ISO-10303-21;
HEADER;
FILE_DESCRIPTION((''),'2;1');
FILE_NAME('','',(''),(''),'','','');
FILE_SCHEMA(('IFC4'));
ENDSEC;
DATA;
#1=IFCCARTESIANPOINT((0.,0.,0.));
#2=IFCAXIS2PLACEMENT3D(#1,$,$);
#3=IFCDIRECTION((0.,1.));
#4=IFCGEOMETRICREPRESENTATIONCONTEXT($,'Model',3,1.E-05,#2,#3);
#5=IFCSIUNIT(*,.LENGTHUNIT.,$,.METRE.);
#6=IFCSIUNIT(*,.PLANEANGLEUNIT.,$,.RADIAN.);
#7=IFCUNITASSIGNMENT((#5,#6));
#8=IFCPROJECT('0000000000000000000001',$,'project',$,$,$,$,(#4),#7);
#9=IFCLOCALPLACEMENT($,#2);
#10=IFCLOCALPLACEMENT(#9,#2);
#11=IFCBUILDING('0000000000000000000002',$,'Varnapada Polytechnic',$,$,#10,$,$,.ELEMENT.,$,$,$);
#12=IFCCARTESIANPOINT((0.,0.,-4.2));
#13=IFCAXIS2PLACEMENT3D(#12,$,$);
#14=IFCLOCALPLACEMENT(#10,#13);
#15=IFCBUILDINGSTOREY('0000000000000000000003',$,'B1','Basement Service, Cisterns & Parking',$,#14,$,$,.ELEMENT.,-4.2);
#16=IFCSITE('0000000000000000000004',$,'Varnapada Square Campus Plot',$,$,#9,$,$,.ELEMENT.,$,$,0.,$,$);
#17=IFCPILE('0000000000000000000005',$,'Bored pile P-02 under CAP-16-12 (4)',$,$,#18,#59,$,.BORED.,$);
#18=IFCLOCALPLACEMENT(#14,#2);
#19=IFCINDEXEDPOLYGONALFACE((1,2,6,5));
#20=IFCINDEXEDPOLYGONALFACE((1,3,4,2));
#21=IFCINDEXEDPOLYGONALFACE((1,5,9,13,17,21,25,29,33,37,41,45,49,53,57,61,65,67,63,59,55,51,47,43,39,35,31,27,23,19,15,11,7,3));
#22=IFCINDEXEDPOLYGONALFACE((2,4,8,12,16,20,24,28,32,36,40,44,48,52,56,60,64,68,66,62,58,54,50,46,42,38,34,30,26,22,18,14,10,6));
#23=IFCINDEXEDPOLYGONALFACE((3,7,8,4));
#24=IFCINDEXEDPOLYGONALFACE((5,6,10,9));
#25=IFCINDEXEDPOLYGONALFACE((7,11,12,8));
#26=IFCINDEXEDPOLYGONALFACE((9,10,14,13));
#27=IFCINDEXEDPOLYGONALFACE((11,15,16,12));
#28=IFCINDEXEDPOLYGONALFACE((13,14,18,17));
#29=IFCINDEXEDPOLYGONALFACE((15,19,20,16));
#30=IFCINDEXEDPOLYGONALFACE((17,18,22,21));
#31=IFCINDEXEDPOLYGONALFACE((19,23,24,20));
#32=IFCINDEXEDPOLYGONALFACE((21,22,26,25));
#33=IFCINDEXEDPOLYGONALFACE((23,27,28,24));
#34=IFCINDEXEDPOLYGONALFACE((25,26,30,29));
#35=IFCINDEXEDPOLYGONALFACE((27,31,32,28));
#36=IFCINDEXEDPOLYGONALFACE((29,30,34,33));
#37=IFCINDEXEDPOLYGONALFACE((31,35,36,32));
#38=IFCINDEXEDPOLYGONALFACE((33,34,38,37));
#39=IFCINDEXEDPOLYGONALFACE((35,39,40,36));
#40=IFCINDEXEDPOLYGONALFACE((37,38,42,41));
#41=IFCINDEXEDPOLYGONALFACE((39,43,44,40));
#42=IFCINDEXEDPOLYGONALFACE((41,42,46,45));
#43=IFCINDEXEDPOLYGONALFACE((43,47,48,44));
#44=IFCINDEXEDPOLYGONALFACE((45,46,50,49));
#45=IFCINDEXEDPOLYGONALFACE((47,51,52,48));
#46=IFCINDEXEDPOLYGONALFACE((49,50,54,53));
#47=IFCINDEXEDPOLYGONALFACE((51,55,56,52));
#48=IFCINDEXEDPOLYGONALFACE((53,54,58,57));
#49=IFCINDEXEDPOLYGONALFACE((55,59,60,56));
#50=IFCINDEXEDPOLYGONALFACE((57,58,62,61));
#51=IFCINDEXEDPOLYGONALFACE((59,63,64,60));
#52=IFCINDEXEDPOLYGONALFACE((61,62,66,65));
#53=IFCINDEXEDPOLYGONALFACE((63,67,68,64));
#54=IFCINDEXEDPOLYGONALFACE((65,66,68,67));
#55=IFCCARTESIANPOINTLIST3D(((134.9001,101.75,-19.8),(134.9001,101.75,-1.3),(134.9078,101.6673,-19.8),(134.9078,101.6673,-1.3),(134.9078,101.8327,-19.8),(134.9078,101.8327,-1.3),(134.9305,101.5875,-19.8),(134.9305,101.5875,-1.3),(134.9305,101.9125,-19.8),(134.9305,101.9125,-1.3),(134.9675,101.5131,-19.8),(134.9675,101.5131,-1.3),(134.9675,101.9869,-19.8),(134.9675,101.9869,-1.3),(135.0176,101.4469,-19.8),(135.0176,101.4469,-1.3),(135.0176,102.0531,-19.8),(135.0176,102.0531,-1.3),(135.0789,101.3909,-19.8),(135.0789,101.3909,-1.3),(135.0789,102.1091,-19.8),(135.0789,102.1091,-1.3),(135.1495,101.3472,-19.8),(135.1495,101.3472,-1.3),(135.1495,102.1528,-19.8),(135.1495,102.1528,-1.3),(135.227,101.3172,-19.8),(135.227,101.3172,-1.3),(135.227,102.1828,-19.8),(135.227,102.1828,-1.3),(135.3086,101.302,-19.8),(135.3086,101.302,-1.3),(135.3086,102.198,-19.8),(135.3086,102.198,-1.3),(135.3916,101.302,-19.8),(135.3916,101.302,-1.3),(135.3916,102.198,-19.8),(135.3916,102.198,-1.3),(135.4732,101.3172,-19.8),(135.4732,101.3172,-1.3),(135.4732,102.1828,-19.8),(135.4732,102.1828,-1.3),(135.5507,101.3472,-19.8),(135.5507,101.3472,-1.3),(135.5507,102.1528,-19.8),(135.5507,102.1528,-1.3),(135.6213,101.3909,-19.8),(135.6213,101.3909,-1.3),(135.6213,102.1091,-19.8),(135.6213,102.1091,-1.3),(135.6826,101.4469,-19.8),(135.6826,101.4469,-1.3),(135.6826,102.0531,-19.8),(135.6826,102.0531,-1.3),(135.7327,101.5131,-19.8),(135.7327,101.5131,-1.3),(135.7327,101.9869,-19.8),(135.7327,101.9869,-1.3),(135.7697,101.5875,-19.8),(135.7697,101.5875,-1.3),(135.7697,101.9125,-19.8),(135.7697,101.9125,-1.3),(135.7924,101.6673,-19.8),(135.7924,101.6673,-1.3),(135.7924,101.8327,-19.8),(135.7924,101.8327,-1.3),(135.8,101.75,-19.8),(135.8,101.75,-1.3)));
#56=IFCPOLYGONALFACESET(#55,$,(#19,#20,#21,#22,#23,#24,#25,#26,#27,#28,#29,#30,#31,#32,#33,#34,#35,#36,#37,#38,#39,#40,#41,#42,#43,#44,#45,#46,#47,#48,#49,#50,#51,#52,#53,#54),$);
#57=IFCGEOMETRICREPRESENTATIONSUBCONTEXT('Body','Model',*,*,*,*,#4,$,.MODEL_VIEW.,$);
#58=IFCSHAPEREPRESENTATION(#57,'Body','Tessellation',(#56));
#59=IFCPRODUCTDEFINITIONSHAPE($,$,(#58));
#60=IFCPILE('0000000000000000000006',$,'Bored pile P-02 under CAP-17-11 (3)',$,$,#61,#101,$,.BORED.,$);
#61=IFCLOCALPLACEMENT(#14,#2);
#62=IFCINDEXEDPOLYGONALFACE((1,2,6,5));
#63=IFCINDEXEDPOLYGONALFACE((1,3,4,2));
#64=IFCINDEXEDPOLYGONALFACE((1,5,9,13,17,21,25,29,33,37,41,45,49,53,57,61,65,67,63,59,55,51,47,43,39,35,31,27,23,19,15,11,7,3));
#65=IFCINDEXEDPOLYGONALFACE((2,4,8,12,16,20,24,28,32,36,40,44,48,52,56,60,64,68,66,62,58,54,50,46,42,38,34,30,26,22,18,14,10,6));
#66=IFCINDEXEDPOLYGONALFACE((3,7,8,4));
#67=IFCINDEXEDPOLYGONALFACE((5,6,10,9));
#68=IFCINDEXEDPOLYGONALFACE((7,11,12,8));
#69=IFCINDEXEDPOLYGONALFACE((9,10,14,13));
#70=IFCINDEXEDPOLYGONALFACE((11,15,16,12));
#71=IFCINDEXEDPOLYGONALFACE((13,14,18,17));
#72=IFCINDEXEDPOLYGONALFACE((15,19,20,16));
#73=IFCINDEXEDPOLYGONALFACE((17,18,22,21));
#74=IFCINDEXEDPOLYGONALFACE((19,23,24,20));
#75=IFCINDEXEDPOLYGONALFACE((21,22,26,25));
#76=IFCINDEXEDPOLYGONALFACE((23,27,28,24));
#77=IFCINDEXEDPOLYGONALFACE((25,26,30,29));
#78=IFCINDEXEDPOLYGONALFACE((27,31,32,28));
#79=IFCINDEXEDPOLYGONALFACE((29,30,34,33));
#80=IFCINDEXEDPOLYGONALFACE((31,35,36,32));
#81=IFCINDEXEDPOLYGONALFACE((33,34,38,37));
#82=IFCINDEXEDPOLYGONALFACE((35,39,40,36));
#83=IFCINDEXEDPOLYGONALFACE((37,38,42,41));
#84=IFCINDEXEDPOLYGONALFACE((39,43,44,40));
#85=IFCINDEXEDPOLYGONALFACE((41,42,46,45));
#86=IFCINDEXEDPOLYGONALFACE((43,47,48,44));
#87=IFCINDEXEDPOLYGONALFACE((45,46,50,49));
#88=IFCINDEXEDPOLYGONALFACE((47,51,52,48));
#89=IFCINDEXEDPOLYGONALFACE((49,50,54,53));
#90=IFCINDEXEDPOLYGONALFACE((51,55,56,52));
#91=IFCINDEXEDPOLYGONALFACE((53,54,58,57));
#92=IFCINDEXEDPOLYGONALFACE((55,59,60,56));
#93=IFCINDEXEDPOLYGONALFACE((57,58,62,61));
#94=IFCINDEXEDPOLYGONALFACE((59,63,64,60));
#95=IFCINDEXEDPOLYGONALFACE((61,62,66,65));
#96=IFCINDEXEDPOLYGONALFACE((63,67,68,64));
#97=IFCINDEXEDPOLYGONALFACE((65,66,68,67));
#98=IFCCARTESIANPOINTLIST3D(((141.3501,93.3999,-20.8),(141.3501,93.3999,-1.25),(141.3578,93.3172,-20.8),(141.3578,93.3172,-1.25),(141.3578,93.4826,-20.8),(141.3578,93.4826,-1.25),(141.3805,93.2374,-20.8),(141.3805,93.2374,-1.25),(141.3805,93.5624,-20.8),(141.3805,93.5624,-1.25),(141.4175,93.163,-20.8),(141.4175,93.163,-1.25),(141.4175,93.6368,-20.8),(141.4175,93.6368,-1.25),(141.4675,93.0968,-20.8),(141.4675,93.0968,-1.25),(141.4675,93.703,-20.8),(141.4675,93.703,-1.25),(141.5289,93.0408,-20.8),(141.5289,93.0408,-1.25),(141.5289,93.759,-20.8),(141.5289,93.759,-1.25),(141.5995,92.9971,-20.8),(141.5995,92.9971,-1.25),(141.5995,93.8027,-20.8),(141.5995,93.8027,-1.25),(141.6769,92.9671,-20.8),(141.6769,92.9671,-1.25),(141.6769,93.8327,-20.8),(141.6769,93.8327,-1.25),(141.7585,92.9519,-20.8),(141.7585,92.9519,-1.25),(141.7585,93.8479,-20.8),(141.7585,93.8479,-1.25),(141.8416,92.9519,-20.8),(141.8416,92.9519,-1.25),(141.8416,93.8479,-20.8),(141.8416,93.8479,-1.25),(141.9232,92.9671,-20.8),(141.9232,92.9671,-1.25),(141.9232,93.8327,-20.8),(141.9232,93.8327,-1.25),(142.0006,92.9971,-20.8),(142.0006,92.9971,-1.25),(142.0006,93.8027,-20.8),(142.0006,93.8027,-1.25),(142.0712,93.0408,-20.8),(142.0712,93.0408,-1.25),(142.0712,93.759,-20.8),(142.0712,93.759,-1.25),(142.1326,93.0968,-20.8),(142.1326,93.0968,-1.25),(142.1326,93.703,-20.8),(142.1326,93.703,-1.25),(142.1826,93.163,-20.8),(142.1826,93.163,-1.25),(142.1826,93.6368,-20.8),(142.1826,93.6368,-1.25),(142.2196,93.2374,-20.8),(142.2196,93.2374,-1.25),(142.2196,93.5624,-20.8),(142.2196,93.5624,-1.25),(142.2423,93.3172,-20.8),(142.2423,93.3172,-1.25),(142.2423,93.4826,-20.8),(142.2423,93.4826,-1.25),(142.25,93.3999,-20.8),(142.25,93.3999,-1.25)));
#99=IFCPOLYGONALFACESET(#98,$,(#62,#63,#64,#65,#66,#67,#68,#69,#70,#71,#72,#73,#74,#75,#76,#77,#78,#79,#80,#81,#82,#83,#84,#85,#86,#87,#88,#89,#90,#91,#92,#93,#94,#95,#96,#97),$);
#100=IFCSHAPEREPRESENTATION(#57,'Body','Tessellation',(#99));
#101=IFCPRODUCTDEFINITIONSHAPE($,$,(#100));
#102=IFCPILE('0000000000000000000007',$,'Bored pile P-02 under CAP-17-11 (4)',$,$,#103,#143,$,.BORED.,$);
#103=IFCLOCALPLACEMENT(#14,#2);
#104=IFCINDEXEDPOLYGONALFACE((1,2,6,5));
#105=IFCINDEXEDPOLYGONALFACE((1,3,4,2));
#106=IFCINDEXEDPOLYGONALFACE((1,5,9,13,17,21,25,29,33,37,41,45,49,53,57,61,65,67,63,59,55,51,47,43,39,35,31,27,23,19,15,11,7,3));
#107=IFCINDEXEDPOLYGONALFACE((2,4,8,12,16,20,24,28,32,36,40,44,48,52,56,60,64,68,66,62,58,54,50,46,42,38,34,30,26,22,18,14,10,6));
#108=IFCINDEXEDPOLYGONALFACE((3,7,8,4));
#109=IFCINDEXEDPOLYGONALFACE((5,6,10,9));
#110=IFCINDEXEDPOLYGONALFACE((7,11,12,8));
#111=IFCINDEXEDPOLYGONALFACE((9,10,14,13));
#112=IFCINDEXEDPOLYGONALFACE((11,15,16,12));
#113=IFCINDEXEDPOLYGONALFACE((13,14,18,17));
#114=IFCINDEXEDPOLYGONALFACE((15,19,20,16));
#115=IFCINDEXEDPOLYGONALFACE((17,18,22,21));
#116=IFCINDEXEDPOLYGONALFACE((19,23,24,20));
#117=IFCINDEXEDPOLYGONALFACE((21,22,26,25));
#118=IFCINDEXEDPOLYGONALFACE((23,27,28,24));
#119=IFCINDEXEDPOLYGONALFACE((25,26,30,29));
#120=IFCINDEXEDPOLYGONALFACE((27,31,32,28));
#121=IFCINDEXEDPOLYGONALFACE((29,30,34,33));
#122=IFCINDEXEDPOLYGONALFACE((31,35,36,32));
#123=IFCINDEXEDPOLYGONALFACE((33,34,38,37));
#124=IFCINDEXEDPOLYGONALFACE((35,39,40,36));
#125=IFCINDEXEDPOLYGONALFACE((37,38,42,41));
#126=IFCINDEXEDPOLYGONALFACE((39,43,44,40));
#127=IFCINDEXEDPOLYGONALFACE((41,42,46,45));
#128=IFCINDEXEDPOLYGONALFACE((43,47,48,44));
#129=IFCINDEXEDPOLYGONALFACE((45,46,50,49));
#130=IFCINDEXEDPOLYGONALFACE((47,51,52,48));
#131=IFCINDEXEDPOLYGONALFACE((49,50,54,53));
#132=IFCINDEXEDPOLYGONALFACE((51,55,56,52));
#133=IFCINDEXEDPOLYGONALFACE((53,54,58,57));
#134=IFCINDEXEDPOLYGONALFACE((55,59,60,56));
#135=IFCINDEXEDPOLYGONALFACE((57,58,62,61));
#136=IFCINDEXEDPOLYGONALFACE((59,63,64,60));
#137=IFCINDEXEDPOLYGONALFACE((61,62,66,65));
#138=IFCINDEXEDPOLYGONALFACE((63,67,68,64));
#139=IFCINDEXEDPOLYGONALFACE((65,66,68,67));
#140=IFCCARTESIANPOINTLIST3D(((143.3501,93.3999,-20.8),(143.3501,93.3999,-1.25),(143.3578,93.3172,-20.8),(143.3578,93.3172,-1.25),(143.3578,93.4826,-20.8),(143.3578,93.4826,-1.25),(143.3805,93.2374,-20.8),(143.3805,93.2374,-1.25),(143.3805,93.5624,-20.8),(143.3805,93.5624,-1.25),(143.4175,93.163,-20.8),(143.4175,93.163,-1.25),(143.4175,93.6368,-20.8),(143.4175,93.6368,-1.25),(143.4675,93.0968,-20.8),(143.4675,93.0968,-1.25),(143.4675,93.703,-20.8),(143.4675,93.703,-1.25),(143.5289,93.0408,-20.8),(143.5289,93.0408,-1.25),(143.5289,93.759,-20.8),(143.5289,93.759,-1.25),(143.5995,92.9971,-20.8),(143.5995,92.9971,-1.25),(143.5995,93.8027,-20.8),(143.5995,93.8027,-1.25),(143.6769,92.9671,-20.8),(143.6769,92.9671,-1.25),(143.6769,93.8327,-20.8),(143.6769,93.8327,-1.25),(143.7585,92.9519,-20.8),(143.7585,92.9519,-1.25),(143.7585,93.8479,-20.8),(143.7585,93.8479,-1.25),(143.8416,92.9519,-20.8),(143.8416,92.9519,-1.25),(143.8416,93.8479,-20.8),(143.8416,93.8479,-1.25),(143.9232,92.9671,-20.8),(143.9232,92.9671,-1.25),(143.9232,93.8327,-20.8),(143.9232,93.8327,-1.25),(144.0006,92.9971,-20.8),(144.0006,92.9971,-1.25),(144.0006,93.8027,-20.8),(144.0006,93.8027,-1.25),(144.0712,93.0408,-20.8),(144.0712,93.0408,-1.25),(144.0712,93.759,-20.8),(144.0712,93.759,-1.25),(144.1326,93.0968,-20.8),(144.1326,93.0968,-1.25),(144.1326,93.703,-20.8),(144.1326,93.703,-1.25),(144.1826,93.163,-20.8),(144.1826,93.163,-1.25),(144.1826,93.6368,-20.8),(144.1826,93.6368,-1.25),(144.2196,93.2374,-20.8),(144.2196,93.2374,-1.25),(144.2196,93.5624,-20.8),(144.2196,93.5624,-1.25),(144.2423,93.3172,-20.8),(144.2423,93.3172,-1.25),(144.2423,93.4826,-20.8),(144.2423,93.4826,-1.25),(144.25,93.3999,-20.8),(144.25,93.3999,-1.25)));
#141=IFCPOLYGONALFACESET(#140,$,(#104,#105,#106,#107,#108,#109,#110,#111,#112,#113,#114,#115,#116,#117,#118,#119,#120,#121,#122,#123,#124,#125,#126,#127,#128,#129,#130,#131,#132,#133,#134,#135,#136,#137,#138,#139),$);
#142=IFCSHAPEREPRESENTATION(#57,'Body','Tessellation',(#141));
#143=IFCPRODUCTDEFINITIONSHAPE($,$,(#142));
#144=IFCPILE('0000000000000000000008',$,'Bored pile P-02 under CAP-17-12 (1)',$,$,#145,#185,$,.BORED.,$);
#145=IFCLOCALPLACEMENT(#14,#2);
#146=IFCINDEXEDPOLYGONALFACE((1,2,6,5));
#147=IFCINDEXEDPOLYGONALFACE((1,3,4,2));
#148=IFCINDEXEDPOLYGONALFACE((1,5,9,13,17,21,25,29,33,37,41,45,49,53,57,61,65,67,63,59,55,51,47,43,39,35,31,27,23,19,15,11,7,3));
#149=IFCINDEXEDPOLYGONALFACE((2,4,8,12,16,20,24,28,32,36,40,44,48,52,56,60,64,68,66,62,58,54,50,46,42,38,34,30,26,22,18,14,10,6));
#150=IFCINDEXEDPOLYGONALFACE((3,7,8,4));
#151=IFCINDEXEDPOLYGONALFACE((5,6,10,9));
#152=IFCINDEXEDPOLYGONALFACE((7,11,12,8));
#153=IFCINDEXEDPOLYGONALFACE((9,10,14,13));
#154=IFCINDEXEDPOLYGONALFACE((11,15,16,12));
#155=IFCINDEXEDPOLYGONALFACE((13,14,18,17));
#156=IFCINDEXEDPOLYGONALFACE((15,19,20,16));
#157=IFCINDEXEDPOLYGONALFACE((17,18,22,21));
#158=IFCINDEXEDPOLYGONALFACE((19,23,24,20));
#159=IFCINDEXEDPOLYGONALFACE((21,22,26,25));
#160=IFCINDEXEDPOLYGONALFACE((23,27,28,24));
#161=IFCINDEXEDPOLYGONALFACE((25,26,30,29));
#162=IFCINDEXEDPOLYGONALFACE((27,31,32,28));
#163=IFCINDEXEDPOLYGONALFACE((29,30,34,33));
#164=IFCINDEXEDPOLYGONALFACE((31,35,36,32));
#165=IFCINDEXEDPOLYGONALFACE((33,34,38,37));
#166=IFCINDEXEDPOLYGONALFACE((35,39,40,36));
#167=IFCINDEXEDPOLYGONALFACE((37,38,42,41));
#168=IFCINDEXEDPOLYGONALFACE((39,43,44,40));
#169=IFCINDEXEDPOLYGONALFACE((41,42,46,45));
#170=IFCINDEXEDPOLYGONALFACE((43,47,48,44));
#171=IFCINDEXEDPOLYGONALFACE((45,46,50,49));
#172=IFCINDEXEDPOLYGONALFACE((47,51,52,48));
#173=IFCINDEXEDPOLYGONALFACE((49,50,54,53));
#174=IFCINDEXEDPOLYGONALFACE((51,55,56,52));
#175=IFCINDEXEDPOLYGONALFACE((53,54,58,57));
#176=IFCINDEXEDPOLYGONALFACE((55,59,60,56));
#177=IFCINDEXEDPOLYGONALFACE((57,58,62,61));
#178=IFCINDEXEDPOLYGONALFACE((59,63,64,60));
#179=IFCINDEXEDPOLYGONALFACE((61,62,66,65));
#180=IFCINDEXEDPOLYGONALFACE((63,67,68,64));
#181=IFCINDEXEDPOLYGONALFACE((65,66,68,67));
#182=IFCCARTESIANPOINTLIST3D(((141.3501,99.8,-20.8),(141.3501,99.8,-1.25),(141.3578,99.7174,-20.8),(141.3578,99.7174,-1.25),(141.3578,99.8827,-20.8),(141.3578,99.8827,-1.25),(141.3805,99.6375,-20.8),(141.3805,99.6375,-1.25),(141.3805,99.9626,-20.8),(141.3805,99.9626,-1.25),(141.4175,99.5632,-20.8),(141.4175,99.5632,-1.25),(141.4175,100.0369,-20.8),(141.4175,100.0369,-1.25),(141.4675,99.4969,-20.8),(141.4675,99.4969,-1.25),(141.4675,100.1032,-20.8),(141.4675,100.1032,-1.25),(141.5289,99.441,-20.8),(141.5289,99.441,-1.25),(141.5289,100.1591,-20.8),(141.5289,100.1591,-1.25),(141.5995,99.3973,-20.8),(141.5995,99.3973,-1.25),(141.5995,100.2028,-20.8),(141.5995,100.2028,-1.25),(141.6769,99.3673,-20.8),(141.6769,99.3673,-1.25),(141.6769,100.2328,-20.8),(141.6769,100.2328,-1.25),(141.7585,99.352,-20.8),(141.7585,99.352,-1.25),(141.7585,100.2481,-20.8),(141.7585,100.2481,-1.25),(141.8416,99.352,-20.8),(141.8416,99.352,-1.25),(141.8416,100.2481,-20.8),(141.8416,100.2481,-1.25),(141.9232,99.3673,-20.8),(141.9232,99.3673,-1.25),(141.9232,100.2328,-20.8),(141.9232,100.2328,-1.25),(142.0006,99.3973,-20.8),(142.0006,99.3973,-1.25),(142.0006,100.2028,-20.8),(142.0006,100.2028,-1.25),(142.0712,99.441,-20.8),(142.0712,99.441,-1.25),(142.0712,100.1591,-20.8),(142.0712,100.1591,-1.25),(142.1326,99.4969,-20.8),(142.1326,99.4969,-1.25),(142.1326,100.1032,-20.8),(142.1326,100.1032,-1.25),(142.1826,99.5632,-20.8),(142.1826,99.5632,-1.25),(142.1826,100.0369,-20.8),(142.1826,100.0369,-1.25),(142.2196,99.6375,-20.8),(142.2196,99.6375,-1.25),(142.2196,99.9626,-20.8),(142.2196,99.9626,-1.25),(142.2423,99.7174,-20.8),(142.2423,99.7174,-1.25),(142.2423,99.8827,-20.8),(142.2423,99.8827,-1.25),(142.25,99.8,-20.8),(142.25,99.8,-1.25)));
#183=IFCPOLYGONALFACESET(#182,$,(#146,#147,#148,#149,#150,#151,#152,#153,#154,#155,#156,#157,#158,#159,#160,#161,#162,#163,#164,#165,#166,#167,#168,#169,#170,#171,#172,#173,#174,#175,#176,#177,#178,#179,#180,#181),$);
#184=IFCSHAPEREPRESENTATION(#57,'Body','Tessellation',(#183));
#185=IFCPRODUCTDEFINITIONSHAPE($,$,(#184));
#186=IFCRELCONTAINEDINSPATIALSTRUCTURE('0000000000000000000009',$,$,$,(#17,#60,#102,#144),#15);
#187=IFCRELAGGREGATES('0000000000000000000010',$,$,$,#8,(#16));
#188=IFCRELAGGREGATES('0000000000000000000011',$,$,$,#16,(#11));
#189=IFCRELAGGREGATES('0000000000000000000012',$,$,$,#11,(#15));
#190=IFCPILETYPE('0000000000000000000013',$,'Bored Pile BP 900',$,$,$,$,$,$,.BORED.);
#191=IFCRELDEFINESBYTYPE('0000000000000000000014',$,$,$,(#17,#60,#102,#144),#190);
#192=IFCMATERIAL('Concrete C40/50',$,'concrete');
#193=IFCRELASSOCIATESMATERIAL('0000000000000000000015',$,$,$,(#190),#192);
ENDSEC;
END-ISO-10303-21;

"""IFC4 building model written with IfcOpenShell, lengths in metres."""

from ifc_helpers import new_model, si_unit, direction, frame, origin, origin_2d, place, context, subcontext, project, spatial, circle, extrude, material, material_profile, profile_set, type_object, element, save


model = new_model("IFC4")

# Units and contexts
model_context = context("Model", 3, precision=1e-05, world=origin(), true_north=direction((0.0, 1.0)))
body_context = subcontext(model_context, "Body", "Model", "MODEL_VIEW")
ifc_project = project(units=[si_unit("LENGTHUNIT", "METRE"), si_unit("PLANEANGLEUNIT", "RADIAN")], contexts=[model_context])

# Site, building, storey
site_placement = place(None, origin())
site = spatial("IfcSite", under=ifc_project, at=site_placement, Name="Varnapada Square Campus Plot", CompositionType="ELEMENT", RefElevation=0.0)
building_placement = place(site_placement, origin())
building = spatial("IfcBuilding", under=site, at=building_placement, Name="Varnapada Polytechnic", CompositionType="ELEMENT")
storey_placement = place(building_placement, frame((0.0, 0.0, -4.2)))
storey = spatial("IfcBuildingStorey", under=building, at=storey_placement, Name="B1", Description="Basement Service, Cisterns & Parking", CompositionType="ELEMENT", Elevation=-4.2)

# Piles
ifc_material_1 = material(Name="Concrete C40/50", Category="concrete")
ifc_material_profile_1 = material_profile(ifc_material_1, circle(Radius=0.45, at=origin_2d()), Name="BP 900")
ifc_profile_set_1 = profile_set([ifc_material_profile_1], Name="Concrete C40/50")
pile_type_1 = type_object("IfcPileType", Name="Bored Pile BP 900", PredefinedType="BORED", material=ifc_profile_set_1)
for number, where, z_axis, x_axis, name in (
    (1, (135.3501, 101.75, -1.3), (0.0, 0.0, -1.0), (1.0, 0.0, 0.0), "Bored pile P-02 under CAP-16-12 (4)"),
):
    element("IfcPile", number, at=place(storey_placement, frame(where, z_axis=z_axis, x_axis=x_axis)), inside=storey, type_object=pile_type_1, Name=name, PredefinedType="BORED", context=body_context, shape_type="SweptSolid", body=[
        extrude(circle(Radius=0.45, at=origin_2d()), origin(), (0.0, 0.0, 1.0), 18.5),
    ])
for number, where, z_axis, x_axis, name in (
    (2, (141.8, 93.3999, -1.25), (0.0, 0.0, -1.0), (1.0, 0.0, 0.0), "Bored pile P-02 under CAP-17-11 (3)"),
    (3, (143.8, 93.3999, -1.25), (0.0, 0.0, -1.0), (1.0, 0.0, 0.0), "Bored pile P-02 under CAP-17-11 (4)"),
    (4, (141.8, 99.8, -1.25), (0.0, 0.0, -1.0), (1.0, 0.0, 0.0), "Bored pile P-02 under CAP-17-12 (1)"),
):
    element("IfcPile", number, at=place(storey_placement, frame(where, z_axis=z_axis, x_axis=x_axis)), inside=storey, type_object=pile_type_1, Name=name, PredefinedType="BORED", context=body_context, shape_type="SweptSolid", body=[
        extrude(circle(Radius=0.45, at=origin_2d()), origin(), (0.0, 0.0, 1.0), 19.55),
    ])

save(model, "model.ifc")
